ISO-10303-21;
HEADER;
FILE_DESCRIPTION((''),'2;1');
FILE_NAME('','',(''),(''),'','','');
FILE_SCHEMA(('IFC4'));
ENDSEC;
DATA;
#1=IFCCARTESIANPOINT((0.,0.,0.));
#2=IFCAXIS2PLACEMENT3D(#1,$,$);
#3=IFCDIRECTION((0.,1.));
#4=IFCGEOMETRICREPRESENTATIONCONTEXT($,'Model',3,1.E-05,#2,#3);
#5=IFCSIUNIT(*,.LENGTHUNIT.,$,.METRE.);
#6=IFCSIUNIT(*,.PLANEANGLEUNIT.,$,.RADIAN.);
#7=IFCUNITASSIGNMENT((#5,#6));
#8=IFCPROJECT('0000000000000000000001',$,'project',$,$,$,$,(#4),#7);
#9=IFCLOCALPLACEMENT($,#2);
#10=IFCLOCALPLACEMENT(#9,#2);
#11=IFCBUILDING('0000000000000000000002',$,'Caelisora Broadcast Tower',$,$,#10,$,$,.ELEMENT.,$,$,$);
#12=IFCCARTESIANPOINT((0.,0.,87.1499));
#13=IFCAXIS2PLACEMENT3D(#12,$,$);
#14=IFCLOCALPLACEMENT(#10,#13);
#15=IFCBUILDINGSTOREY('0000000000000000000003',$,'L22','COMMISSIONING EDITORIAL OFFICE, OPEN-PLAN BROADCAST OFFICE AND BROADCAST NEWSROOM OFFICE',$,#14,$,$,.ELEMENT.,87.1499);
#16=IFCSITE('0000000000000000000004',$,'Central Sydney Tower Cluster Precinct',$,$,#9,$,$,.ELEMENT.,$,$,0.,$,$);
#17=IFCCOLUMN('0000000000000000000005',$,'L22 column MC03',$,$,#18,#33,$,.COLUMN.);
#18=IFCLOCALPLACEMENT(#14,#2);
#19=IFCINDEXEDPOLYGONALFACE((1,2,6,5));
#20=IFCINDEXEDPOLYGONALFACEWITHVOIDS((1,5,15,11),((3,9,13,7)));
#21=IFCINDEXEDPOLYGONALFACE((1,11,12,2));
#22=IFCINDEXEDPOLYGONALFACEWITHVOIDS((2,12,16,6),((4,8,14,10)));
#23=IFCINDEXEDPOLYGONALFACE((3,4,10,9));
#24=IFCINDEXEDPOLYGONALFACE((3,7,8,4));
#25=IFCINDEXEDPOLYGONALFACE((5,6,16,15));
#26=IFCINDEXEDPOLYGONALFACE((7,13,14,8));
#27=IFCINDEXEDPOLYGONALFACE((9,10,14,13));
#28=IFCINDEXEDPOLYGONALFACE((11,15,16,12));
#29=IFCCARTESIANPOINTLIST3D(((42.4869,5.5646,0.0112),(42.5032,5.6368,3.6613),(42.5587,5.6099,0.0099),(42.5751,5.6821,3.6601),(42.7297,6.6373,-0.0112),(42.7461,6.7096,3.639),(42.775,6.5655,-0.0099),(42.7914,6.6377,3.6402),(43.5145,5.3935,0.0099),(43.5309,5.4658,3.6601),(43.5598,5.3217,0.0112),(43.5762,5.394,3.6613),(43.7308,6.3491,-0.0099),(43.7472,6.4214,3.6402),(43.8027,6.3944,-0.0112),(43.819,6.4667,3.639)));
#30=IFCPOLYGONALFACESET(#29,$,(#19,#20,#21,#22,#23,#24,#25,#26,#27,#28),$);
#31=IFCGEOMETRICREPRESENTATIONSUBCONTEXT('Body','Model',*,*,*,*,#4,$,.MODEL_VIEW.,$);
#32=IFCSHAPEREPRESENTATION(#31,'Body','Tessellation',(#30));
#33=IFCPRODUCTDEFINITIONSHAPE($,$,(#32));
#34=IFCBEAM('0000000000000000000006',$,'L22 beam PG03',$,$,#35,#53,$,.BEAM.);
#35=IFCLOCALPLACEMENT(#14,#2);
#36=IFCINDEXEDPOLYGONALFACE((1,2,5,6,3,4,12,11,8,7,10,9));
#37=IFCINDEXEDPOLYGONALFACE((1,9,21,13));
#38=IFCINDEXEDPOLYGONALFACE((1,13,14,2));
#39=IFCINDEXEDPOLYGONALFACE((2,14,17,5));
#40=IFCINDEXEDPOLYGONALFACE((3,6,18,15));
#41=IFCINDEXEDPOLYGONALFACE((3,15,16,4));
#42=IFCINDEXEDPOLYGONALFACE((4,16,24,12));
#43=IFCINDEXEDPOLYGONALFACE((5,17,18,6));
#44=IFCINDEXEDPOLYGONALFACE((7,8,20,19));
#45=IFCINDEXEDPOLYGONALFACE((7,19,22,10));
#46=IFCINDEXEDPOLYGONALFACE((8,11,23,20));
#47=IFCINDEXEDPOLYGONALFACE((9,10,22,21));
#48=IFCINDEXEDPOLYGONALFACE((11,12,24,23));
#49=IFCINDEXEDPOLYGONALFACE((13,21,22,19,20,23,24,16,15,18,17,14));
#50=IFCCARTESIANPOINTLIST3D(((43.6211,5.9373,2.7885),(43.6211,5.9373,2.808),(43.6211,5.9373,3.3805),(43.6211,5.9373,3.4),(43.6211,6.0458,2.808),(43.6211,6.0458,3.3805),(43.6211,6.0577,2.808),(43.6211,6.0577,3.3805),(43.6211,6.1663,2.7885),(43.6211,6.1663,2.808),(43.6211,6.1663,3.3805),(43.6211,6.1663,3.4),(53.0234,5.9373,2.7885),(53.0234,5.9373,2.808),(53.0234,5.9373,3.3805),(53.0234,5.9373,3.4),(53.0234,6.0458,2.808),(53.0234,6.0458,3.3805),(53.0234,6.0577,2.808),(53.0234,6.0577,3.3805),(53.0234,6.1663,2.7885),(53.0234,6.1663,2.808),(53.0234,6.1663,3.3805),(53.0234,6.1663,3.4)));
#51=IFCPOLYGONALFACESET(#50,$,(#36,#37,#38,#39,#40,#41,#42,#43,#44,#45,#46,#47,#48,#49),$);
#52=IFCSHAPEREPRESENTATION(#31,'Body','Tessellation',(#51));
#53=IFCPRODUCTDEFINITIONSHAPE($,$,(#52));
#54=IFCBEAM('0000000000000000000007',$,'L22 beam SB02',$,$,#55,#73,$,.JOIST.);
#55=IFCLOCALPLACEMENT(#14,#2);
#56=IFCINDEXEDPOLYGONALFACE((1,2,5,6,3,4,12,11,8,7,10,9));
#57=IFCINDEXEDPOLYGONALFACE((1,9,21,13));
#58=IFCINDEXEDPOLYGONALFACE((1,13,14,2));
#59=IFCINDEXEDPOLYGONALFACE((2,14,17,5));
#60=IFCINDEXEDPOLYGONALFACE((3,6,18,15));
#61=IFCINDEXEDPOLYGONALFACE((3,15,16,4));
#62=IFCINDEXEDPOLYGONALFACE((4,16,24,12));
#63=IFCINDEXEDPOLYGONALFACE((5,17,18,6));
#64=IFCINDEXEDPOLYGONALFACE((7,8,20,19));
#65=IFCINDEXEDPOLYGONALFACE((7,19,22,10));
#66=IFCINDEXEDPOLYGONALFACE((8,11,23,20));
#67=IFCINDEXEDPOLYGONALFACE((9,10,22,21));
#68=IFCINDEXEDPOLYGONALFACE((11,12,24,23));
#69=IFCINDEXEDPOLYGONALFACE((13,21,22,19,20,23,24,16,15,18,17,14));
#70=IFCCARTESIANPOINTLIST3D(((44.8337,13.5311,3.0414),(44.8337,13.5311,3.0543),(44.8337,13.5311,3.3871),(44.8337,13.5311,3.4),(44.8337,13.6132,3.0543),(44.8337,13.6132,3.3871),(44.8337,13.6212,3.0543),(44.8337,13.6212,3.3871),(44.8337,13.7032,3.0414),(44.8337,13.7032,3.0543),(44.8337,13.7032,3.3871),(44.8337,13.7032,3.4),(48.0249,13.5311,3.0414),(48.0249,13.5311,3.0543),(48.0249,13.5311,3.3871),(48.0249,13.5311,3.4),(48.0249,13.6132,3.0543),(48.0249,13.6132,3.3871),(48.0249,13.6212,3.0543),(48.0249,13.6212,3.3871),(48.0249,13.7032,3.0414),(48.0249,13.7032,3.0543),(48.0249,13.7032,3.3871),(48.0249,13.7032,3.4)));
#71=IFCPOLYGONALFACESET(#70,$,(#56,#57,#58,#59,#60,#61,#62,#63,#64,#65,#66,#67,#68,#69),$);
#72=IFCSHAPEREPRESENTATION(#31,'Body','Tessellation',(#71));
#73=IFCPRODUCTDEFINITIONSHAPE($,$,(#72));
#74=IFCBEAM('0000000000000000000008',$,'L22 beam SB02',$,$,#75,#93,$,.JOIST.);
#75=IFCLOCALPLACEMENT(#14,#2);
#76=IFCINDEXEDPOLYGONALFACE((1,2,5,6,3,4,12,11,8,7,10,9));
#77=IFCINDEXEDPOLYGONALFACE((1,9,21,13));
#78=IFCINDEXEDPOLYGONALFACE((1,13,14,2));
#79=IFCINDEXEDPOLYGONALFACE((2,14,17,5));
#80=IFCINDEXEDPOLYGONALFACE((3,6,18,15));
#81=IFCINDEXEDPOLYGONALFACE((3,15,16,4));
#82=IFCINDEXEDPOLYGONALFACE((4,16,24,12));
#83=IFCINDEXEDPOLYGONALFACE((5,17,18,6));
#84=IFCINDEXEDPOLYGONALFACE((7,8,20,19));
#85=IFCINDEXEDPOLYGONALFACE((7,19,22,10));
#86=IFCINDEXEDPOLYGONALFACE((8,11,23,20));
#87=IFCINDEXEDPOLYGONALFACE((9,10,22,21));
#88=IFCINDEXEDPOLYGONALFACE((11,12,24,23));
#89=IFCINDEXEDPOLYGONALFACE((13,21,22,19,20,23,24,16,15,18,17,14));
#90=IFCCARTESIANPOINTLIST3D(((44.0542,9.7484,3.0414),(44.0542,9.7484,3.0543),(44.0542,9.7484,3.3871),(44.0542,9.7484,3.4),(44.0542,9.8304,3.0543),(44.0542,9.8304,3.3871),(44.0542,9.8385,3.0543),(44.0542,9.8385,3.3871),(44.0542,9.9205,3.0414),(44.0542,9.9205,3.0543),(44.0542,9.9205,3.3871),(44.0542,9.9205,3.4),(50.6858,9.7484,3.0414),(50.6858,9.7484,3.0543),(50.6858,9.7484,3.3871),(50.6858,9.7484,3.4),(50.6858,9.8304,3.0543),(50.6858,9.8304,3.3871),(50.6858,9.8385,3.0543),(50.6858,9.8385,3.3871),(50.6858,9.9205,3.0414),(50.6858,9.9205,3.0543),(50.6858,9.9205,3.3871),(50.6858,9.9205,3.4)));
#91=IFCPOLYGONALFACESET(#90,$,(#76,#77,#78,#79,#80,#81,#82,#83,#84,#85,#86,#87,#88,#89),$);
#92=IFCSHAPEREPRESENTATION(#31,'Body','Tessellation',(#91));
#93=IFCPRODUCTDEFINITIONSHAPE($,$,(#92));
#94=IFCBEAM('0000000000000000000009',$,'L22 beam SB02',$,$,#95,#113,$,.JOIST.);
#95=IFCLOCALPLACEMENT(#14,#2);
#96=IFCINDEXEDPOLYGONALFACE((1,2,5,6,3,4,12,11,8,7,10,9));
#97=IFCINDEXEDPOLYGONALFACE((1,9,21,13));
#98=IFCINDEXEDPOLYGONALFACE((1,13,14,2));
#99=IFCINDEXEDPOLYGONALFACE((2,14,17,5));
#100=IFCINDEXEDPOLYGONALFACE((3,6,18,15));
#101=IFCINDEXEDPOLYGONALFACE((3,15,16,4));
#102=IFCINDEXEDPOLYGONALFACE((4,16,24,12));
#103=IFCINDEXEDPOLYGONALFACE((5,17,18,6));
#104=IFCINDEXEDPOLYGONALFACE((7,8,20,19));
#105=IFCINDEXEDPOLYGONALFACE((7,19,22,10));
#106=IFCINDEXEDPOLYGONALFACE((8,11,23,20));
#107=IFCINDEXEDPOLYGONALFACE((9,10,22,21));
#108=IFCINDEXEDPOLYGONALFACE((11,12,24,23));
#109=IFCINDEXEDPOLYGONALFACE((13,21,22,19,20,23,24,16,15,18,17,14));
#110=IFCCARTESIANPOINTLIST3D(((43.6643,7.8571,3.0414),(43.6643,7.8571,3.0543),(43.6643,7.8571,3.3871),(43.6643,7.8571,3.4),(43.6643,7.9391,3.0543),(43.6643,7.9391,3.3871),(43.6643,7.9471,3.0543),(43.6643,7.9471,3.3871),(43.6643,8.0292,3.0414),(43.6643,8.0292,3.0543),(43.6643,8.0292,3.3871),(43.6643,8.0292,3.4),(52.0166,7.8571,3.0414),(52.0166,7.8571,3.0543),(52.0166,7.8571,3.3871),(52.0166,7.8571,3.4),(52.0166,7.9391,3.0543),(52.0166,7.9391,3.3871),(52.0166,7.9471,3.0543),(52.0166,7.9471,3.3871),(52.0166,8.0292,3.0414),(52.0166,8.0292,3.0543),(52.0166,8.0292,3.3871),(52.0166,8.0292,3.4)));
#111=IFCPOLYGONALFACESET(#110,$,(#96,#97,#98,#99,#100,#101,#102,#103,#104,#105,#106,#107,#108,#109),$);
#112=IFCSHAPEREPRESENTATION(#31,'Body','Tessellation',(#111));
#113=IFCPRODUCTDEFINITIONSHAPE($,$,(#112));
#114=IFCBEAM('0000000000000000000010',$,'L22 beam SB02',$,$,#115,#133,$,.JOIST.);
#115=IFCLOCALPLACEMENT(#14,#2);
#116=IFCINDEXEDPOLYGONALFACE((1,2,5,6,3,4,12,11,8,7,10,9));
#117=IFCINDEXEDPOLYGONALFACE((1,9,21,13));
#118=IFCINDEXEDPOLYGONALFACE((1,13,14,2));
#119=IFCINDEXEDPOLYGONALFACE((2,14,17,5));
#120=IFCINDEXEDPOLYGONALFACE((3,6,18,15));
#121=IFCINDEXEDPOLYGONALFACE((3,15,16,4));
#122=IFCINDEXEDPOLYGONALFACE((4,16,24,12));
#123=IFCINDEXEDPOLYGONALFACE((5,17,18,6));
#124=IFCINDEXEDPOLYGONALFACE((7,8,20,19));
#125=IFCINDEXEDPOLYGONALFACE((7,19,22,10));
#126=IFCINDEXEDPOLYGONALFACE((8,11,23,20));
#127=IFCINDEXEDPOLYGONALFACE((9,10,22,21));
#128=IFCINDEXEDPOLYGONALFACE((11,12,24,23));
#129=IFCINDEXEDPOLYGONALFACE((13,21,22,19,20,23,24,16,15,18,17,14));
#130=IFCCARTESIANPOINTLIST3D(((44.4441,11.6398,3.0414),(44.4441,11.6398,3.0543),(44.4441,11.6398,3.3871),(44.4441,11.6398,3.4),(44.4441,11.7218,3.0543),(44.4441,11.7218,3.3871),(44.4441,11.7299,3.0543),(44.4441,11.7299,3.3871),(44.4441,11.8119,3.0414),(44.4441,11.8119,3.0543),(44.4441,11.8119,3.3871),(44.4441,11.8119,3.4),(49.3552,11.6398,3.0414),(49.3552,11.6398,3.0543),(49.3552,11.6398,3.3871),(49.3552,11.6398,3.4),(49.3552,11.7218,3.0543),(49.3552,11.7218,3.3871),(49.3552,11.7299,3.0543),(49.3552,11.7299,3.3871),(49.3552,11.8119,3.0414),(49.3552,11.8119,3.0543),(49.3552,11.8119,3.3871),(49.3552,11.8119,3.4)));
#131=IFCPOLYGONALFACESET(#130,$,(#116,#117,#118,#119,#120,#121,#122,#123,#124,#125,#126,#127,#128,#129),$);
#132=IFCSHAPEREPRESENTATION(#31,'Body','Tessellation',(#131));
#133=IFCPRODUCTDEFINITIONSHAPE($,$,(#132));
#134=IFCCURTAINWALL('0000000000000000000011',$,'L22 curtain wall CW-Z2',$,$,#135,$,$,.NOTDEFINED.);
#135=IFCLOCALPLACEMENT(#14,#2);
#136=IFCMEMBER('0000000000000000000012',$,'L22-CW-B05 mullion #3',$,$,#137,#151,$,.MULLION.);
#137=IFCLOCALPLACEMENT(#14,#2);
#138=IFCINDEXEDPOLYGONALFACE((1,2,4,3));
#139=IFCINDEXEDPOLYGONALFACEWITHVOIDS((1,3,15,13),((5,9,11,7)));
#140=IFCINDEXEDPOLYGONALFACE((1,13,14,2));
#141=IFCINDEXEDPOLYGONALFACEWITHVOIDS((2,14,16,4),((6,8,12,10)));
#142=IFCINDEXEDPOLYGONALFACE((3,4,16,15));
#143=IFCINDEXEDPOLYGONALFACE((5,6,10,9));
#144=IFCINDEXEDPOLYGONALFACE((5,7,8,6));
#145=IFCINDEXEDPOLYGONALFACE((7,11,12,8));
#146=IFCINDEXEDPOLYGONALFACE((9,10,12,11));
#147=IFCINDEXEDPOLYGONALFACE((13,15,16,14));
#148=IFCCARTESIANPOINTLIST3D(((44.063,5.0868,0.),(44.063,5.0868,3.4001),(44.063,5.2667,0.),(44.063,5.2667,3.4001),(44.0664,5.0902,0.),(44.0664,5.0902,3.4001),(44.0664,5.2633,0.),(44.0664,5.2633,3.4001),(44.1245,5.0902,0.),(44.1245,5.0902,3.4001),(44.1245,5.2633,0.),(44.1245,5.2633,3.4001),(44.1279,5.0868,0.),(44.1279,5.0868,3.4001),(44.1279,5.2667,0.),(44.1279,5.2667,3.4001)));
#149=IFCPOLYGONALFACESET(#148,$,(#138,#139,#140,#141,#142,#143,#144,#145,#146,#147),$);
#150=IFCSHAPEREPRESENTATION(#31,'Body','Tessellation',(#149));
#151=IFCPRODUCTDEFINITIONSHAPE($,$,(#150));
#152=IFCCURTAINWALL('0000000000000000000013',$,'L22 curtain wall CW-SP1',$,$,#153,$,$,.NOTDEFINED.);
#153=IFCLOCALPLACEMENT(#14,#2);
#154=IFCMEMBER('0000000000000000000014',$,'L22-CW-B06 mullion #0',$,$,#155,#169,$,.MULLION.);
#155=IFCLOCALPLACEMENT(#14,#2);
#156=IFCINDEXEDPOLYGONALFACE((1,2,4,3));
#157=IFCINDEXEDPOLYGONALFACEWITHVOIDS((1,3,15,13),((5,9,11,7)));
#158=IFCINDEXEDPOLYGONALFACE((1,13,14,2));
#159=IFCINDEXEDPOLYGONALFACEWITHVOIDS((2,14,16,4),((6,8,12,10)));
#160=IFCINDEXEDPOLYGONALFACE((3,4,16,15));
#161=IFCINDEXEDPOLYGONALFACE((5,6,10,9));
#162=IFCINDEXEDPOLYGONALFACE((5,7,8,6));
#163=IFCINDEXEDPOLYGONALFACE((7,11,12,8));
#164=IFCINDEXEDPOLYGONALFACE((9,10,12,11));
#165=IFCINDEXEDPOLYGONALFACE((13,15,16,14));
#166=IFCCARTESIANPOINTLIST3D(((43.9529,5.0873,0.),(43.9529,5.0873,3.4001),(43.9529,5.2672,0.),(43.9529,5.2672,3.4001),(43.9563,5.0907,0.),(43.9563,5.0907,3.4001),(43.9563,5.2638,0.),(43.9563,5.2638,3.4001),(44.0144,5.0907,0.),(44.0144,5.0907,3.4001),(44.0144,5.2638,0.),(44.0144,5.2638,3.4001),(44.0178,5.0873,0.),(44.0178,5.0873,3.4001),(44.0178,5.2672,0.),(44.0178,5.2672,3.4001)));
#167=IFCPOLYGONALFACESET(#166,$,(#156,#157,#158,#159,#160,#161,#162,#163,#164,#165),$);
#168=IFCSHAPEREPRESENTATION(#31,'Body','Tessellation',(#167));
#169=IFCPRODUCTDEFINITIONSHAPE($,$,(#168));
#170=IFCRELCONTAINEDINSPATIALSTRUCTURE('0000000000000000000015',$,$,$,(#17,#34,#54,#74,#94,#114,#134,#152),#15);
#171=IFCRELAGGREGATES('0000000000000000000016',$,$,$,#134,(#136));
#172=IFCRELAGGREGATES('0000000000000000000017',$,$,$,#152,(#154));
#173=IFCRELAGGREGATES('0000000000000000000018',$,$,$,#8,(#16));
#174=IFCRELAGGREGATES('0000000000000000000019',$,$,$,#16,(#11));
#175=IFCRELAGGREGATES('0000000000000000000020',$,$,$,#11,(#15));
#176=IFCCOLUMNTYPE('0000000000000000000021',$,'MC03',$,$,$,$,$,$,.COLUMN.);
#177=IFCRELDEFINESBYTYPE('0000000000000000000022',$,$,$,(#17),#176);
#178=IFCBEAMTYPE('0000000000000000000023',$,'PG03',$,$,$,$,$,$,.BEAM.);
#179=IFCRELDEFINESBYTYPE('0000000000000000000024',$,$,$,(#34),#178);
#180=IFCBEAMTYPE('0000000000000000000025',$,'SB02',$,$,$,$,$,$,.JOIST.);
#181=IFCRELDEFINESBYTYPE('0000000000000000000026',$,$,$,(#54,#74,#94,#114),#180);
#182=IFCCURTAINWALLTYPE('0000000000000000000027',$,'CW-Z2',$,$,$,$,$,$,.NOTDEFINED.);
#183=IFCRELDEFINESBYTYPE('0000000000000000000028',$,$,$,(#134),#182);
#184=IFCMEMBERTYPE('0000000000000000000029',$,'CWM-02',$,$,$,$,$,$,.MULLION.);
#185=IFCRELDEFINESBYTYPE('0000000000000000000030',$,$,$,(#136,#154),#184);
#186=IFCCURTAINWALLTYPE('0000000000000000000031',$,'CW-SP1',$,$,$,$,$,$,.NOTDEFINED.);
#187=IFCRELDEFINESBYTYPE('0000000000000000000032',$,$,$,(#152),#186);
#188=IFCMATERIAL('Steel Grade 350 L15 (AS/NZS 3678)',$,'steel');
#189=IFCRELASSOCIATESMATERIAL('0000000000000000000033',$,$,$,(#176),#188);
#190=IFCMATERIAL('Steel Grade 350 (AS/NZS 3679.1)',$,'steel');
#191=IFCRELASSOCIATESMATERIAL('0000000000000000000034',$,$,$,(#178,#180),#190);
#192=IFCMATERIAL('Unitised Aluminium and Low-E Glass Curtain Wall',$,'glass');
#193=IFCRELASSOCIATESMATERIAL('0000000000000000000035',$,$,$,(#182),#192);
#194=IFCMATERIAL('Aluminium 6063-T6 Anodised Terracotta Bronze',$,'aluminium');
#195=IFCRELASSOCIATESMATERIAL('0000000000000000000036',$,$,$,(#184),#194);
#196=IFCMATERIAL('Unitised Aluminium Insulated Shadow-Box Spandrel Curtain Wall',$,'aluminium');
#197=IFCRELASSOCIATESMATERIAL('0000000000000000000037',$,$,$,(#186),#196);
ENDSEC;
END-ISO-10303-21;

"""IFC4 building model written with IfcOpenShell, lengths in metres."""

from ifc_helpers import new_model, si_unit, direction, frame, origin, origin_2d, place, context, subcontext, project, spatial, hollow_rectangle, i_section, extrude, source, transform, mapped, material, material_profile, profile_set, type_object, type_shapes, element, aggregate, save


model = new_model("IFC4")

# Units and contexts
model_context = context("Model", 3, precision=1e-05, world=origin(), true_north=direction((0.0, 1.0)))
body_context = subcontext(model_context, "Body", "Model", "MODEL_VIEW")
ifc_project = project(units=[si_unit("LENGTHUNIT", "METRE"), si_unit("PLANEANGLEUNIT", "RADIAN")], contexts=[model_context])

# Site, building, storey
site_placement = place(None, origin())
site = spatial("IfcSite", under=ifc_project, at=site_placement, Name="Central Sydney Tower Cluster Precinct", CompositionType="ELEMENT", RefElevation=0.0)
building_placement = place(site_placement, origin())
building = spatial("IfcBuilding", under=site, at=building_placement, Name="Caelisora Broadcast Tower", CompositionType="ELEMENT")
storey_placement = place(building_placement, frame((0.0, 0.0, 87.1499)))
storey = spatial("IfcBuildingStorey", under=building, at=storey_placement, Name="L22", Description="COMMISSIONING EDITORIAL OFFICE, OPEN-PLAN BROADCAST OFFICE AND BROADCAST NEWSROOM OFFICE", CompositionType="ELEMENT", Elevation=87.1499)

# Column
ifc_material_1 = material(Name="Steel Grade 350 L15 (AS/NZS 3678)", Category="steel")
ifc_material_profile_1 = material_profile(ifc_material_1, hollow_rectangle(XDim=1.1001, YDim=1.1001, WallThickness=0.0601, at=origin_2d()), Name="Steel Grade 350 L15 (AS/NZS 3678)")
ifc_profile_set_1 = profile_set([ifc_material_profile_1], Name="Steel Grade 350 L15 (AS/NZS 3678)")
column_type = type_object("IfcColumnType", Name="MC03", PredefinedType="COLUMN", material=ifc_profile_set_1)
shared_shape_1 = source(origin(), body_context, "Body", "SweptSolid", [
    extrude(hollow_rectangle(XDim=1.1001, YDim=1.1001, WallThickness=0.0601, at=origin_2d()), origin(), (0.0, 0.0, 1.0), 3.6509),
])
type_shapes(column_type, [shared_shape_1])
column_placement = place(storey_placement, frame((43.1448, 5.9795, 0.0), z_axis=(0.00448, 0.019794, 0.999794), x_axis=(-0.975327, 0.220767, 0.0)))
element("IfcColumn", 1, at=column_placement, inside=storey, type_object=column_type, Name="L22 column MC03", PredefinedType="COLUMN", context=body_context, shape_type="MappedRepresentation", body=[
    mapped(shared_shape_1, transform((0.0, 0.0, 0.0), scale=1.0)),
])

# Beams
ifc_material_2 = material(Name="Steel Grade 350 (AS/NZS 3679.1)", Category="steel")
ifc_material_profile_2 = material_profile(ifc_material_2, i_section(OverallWidth=0.229, OverallDepth=0.6116, WebThickness=0.012, FlangeThickness=0.0195, at=origin_2d()), Name="Steel Grade 350 (AS/NZS 3679.1)")
ifc_profile_set_2 = profile_set([ifc_material_profile_2], Name="Steel Grade 350 (AS/NZS 3679.1)")
beam_type_1 = type_object("IfcBeamType", Name="PG03", PredefinedType="BEAM", material=ifc_profile_set_2)
shared_shape_2 = source(origin(), body_context, "Body", "SweptSolid", [
    extrude(i_section(OverallWidth=0.229, OverallDepth=0.6116, WebThickness=0.012, FlangeThickness=0.0195, at=origin_2d()), origin(), (0.0, 0.0, 1.0), 9.4023),
])
type_shapes(beam_type_1, [shared_shape_2])
beam_1_placement = place(storey_placement, frame((43.6211, 6.0518, 3.0942), z_axis=(1.0, 0.0, 0.0), x_axis=(0.0, 1.0, 0.0)))
element("IfcBeam", 2, at=beam_1_placement, inside=storey, type_object=beam_type_1, Name="L22 beam PG03", PredefinedType="BEAM", context=body_context, shape_type="MappedRepresentation", body=[
    mapped(shared_shape_2, transform((0.0, 0.0, 0.0), scale=1.0)),
])
ifc_material_profile_3 = material_profile(ifc_material_2, i_section(OverallWidth=0.1721, OverallDepth=0.3586, WebThickness=0.0081, FlangeThickness=0.0129, at=origin_2d()), Name="Steel Grade 350 (AS/NZS 3679.1)")
ifc_profile_set_3 = profile_set([ifc_material_profile_3], Name="Steel Grade 350 (AS/NZS 3679.1)")
beam_type_2 = type_object("IfcBeamType", Name="SB02", PredefinedType="JOIST", material=ifc_profile_set_3)
shared_shape_3 = source(origin(), body_context, "Body", "SweptSolid", [
    extrude(i_section(OverallWidth=0.1721, OverallDepth=0.3586, WebThickness=0.0081, FlangeThickness=0.0129, at=origin_2d()), origin(), (0.0, 0.0, 1.0), 3.1912),
])
beam_2_placement = place(storey_placement, frame((44.8337, 13.6172, 3.2207), z_axis=(1.0, 0.0, 0.0), x_axis=(0.0, 1.0, 0.0)))
element("IfcBeam", 3, at=beam_2_placement, inside=storey, type_object=beam_type_2, Name="L22 beam SB02", PredefinedType="JOIST", context=body_context, shape_type="MappedRepresentation", body=[
    mapped(shared_shape_3, transform((0.0, 0.0, 0.0), scale=1.0)),
])
shared_shape_4 = source(origin(), body_context, "Body", "SweptSolid", [
    extrude(i_section(OverallWidth=0.1721, OverallDepth=0.3586, WebThickness=0.0081, FlangeThickness=0.0129, at=origin_2d()), origin(), (0.0, 0.0, 1.0), 6.6316),
])
beam_3_placement = place(storey_placement, frame((44.0542, 9.8345, 3.2207), z_axis=(1.0, 0.0, 0.0), x_axis=(0.0, 1.0, 0.0)))
element("IfcBeam", 4, at=beam_3_placement, inside=storey, type_object=beam_type_2, Name="L22 beam SB02", PredefinedType="JOIST", context=body_context, shape_type="MappedRepresentation", body=[
    mapped(shared_shape_4, transform((0.0, 0.0, 0.0), scale=1.0)),
])
shared_shape_5 = source(origin(), body_context, "Body", "SweptSolid", [
    extrude(i_section(OverallWidth=0.1721, OverallDepth=0.3586, WebThickness=0.0081, FlangeThickness=0.0129, at=origin_2d()), origin(), (0.0, 0.0, 1.0), 8.3523),
])
beam_4_placement = place(storey_placement, frame((43.6643, 7.9431, 3.2207), z_axis=(1.0, 0.0, 0.0), x_axis=(0.0, 1.0, 0.0)))
element("IfcBeam", 5, at=beam_4_placement, inside=storey, type_object=beam_type_2, Name="L22 beam SB02", PredefinedType="JOIST", context=body_context, shape_type="MappedRepresentation", body=[
    mapped(shared_shape_5, transform((0.0, 0.0, 0.0), scale=1.0)),
])
shared_shape_6 = source(origin(), body_context, "Body", "SweptSolid", [
    extrude(i_section(OverallWidth=0.1721, OverallDepth=0.3586, WebThickness=0.0081, FlangeThickness=0.0129, at=origin_2d()), origin(), (0.0, 0.0, 1.0), 4.9111),
])
type_shapes(beam_type_2, [shared_shape_3, shared_shape_4, shared_shape_5, shared_shape_6])
beam_5_placement = place(storey_placement, frame((44.4441, 11.7258, 3.2207), z_axis=(1.0, 0.0, 0.0), x_axis=(0.0, 1.0, 0.0)))
element("IfcBeam", 6, at=beam_5_placement, inside=storey, type_object=beam_type_2, Name="L22 beam SB02", PredefinedType="JOIST", context=body_context, shape_type="MappedRepresentation", body=[
    mapped(shared_shape_6, transform((0.0, 0.0, 0.0), scale=1.0)),
])

# Curtain wall, member
ifc_material_3 = material(Name="Unitised Aluminium and Low-E Glass Curtain Wall", Category="glass")
curtain_wall_type_1 = type_object("IfcCurtainWallType", Name="CW-Z2", PredefinedType="NOTDEFINED", material=ifc_material_3)
curtain_wall_1_placement = place(storey_placement, origin())
curtain_wall_1 = element("IfcCurtainWall", 7, at=curtain_wall_1_placement, inside=storey, type_object=curtain_wall_type_1, Name="L22 curtain wall CW-Z2", PredefinedType="NOTDEFINED")
ifc_material_4 = material(Name="Aluminium 6063-T6 Anodised Terracotta Bronze", Category="aluminium")
ifc_material_profile_4 = material_profile(ifc_material_4, hollow_rectangle(XDim=0.0649, YDim=0.1799, WallThickness=0.0034, at=origin_2d()), Name="Aluminium 6063-T6 Anodised Terracotta Bronze")
ifc_profile_set_4 = profile_set([ifc_material_profile_4], Name="Aluminium 6063-T6 Anodised Terracotta Bronze")
member_type_1 = type_object("IfcMemberType", Name="CWM-02", PredefinedType="MULLION", material=ifc_profile_set_4)
shared_shape_7 = source(origin(), body_context, "Body", "SweptSolid", [
    extrude(hollow_rectangle(XDim=0.0649, YDim=0.1799, WallThickness=0.0034, at=origin_2d()), origin(), (0.0, 0.0, 1.0), 3.4001),
])
type_shapes(member_type_1, [shared_shape_7])
member_1_placement = place(storey_placement, frame((44.0955, 5.1768, 0.0), z_axis=(0.0, 0.0, 1.0), x_axis=(1.0, 0.0, 0.0)))
member_1 = element("IfcMember", 8, at=member_1_placement, type_object=member_type_1, Name="L22-CW-B05 mullion #3", PredefinedType="MULLION", context=body_context, shape_type="MappedRepresentation", body=[
    mapped(shared_shape_7, transform((0.0, 0.0, 0.0), scale=1.0)),
])
aggregate(curtain_wall_1, [member_1])

# Curtain wall, member
ifc_material_5 = material(Name="Unitised Aluminium Insulated Shadow-Box Spandrel Curtain Wall", Category="aluminium")
curtain_wall_type_2 = type_object("IfcCurtainWallType", Name="CW-SP1", PredefinedType="NOTDEFINED", material=ifc_material_5)
curtain_wall_2_placement = place(storey_placement, origin())
curtain_wall_2 = element("IfcCurtainWall", 9, at=curtain_wall_2_placement, inside=storey, type_object=curtain_wall_type_2, Name="L22 curtain wall CW-SP1", PredefinedType="NOTDEFINED")
member_2_placement = place(storey_placement, frame((43.9854, 5.1772, 0.0), z_axis=(0.0, 0.0, 1.0), x_axis=(1.0, 0.0, 0.0)))
member_2 = element("IfcMember", 10, at=member_2_placement, type_object=member_type_1, Name="L22-CW-B06 mullion #0", PredefinedType="MULLION", context=body_context, shape_type="MappedRepresentation", body=[
    mapped(shared_shape_7, transform((0.0, 0.0, 0.0), scale=1.0)),
])

aggregate(curtain_wall_2, [member_2])

save(model, "model.ifc")
